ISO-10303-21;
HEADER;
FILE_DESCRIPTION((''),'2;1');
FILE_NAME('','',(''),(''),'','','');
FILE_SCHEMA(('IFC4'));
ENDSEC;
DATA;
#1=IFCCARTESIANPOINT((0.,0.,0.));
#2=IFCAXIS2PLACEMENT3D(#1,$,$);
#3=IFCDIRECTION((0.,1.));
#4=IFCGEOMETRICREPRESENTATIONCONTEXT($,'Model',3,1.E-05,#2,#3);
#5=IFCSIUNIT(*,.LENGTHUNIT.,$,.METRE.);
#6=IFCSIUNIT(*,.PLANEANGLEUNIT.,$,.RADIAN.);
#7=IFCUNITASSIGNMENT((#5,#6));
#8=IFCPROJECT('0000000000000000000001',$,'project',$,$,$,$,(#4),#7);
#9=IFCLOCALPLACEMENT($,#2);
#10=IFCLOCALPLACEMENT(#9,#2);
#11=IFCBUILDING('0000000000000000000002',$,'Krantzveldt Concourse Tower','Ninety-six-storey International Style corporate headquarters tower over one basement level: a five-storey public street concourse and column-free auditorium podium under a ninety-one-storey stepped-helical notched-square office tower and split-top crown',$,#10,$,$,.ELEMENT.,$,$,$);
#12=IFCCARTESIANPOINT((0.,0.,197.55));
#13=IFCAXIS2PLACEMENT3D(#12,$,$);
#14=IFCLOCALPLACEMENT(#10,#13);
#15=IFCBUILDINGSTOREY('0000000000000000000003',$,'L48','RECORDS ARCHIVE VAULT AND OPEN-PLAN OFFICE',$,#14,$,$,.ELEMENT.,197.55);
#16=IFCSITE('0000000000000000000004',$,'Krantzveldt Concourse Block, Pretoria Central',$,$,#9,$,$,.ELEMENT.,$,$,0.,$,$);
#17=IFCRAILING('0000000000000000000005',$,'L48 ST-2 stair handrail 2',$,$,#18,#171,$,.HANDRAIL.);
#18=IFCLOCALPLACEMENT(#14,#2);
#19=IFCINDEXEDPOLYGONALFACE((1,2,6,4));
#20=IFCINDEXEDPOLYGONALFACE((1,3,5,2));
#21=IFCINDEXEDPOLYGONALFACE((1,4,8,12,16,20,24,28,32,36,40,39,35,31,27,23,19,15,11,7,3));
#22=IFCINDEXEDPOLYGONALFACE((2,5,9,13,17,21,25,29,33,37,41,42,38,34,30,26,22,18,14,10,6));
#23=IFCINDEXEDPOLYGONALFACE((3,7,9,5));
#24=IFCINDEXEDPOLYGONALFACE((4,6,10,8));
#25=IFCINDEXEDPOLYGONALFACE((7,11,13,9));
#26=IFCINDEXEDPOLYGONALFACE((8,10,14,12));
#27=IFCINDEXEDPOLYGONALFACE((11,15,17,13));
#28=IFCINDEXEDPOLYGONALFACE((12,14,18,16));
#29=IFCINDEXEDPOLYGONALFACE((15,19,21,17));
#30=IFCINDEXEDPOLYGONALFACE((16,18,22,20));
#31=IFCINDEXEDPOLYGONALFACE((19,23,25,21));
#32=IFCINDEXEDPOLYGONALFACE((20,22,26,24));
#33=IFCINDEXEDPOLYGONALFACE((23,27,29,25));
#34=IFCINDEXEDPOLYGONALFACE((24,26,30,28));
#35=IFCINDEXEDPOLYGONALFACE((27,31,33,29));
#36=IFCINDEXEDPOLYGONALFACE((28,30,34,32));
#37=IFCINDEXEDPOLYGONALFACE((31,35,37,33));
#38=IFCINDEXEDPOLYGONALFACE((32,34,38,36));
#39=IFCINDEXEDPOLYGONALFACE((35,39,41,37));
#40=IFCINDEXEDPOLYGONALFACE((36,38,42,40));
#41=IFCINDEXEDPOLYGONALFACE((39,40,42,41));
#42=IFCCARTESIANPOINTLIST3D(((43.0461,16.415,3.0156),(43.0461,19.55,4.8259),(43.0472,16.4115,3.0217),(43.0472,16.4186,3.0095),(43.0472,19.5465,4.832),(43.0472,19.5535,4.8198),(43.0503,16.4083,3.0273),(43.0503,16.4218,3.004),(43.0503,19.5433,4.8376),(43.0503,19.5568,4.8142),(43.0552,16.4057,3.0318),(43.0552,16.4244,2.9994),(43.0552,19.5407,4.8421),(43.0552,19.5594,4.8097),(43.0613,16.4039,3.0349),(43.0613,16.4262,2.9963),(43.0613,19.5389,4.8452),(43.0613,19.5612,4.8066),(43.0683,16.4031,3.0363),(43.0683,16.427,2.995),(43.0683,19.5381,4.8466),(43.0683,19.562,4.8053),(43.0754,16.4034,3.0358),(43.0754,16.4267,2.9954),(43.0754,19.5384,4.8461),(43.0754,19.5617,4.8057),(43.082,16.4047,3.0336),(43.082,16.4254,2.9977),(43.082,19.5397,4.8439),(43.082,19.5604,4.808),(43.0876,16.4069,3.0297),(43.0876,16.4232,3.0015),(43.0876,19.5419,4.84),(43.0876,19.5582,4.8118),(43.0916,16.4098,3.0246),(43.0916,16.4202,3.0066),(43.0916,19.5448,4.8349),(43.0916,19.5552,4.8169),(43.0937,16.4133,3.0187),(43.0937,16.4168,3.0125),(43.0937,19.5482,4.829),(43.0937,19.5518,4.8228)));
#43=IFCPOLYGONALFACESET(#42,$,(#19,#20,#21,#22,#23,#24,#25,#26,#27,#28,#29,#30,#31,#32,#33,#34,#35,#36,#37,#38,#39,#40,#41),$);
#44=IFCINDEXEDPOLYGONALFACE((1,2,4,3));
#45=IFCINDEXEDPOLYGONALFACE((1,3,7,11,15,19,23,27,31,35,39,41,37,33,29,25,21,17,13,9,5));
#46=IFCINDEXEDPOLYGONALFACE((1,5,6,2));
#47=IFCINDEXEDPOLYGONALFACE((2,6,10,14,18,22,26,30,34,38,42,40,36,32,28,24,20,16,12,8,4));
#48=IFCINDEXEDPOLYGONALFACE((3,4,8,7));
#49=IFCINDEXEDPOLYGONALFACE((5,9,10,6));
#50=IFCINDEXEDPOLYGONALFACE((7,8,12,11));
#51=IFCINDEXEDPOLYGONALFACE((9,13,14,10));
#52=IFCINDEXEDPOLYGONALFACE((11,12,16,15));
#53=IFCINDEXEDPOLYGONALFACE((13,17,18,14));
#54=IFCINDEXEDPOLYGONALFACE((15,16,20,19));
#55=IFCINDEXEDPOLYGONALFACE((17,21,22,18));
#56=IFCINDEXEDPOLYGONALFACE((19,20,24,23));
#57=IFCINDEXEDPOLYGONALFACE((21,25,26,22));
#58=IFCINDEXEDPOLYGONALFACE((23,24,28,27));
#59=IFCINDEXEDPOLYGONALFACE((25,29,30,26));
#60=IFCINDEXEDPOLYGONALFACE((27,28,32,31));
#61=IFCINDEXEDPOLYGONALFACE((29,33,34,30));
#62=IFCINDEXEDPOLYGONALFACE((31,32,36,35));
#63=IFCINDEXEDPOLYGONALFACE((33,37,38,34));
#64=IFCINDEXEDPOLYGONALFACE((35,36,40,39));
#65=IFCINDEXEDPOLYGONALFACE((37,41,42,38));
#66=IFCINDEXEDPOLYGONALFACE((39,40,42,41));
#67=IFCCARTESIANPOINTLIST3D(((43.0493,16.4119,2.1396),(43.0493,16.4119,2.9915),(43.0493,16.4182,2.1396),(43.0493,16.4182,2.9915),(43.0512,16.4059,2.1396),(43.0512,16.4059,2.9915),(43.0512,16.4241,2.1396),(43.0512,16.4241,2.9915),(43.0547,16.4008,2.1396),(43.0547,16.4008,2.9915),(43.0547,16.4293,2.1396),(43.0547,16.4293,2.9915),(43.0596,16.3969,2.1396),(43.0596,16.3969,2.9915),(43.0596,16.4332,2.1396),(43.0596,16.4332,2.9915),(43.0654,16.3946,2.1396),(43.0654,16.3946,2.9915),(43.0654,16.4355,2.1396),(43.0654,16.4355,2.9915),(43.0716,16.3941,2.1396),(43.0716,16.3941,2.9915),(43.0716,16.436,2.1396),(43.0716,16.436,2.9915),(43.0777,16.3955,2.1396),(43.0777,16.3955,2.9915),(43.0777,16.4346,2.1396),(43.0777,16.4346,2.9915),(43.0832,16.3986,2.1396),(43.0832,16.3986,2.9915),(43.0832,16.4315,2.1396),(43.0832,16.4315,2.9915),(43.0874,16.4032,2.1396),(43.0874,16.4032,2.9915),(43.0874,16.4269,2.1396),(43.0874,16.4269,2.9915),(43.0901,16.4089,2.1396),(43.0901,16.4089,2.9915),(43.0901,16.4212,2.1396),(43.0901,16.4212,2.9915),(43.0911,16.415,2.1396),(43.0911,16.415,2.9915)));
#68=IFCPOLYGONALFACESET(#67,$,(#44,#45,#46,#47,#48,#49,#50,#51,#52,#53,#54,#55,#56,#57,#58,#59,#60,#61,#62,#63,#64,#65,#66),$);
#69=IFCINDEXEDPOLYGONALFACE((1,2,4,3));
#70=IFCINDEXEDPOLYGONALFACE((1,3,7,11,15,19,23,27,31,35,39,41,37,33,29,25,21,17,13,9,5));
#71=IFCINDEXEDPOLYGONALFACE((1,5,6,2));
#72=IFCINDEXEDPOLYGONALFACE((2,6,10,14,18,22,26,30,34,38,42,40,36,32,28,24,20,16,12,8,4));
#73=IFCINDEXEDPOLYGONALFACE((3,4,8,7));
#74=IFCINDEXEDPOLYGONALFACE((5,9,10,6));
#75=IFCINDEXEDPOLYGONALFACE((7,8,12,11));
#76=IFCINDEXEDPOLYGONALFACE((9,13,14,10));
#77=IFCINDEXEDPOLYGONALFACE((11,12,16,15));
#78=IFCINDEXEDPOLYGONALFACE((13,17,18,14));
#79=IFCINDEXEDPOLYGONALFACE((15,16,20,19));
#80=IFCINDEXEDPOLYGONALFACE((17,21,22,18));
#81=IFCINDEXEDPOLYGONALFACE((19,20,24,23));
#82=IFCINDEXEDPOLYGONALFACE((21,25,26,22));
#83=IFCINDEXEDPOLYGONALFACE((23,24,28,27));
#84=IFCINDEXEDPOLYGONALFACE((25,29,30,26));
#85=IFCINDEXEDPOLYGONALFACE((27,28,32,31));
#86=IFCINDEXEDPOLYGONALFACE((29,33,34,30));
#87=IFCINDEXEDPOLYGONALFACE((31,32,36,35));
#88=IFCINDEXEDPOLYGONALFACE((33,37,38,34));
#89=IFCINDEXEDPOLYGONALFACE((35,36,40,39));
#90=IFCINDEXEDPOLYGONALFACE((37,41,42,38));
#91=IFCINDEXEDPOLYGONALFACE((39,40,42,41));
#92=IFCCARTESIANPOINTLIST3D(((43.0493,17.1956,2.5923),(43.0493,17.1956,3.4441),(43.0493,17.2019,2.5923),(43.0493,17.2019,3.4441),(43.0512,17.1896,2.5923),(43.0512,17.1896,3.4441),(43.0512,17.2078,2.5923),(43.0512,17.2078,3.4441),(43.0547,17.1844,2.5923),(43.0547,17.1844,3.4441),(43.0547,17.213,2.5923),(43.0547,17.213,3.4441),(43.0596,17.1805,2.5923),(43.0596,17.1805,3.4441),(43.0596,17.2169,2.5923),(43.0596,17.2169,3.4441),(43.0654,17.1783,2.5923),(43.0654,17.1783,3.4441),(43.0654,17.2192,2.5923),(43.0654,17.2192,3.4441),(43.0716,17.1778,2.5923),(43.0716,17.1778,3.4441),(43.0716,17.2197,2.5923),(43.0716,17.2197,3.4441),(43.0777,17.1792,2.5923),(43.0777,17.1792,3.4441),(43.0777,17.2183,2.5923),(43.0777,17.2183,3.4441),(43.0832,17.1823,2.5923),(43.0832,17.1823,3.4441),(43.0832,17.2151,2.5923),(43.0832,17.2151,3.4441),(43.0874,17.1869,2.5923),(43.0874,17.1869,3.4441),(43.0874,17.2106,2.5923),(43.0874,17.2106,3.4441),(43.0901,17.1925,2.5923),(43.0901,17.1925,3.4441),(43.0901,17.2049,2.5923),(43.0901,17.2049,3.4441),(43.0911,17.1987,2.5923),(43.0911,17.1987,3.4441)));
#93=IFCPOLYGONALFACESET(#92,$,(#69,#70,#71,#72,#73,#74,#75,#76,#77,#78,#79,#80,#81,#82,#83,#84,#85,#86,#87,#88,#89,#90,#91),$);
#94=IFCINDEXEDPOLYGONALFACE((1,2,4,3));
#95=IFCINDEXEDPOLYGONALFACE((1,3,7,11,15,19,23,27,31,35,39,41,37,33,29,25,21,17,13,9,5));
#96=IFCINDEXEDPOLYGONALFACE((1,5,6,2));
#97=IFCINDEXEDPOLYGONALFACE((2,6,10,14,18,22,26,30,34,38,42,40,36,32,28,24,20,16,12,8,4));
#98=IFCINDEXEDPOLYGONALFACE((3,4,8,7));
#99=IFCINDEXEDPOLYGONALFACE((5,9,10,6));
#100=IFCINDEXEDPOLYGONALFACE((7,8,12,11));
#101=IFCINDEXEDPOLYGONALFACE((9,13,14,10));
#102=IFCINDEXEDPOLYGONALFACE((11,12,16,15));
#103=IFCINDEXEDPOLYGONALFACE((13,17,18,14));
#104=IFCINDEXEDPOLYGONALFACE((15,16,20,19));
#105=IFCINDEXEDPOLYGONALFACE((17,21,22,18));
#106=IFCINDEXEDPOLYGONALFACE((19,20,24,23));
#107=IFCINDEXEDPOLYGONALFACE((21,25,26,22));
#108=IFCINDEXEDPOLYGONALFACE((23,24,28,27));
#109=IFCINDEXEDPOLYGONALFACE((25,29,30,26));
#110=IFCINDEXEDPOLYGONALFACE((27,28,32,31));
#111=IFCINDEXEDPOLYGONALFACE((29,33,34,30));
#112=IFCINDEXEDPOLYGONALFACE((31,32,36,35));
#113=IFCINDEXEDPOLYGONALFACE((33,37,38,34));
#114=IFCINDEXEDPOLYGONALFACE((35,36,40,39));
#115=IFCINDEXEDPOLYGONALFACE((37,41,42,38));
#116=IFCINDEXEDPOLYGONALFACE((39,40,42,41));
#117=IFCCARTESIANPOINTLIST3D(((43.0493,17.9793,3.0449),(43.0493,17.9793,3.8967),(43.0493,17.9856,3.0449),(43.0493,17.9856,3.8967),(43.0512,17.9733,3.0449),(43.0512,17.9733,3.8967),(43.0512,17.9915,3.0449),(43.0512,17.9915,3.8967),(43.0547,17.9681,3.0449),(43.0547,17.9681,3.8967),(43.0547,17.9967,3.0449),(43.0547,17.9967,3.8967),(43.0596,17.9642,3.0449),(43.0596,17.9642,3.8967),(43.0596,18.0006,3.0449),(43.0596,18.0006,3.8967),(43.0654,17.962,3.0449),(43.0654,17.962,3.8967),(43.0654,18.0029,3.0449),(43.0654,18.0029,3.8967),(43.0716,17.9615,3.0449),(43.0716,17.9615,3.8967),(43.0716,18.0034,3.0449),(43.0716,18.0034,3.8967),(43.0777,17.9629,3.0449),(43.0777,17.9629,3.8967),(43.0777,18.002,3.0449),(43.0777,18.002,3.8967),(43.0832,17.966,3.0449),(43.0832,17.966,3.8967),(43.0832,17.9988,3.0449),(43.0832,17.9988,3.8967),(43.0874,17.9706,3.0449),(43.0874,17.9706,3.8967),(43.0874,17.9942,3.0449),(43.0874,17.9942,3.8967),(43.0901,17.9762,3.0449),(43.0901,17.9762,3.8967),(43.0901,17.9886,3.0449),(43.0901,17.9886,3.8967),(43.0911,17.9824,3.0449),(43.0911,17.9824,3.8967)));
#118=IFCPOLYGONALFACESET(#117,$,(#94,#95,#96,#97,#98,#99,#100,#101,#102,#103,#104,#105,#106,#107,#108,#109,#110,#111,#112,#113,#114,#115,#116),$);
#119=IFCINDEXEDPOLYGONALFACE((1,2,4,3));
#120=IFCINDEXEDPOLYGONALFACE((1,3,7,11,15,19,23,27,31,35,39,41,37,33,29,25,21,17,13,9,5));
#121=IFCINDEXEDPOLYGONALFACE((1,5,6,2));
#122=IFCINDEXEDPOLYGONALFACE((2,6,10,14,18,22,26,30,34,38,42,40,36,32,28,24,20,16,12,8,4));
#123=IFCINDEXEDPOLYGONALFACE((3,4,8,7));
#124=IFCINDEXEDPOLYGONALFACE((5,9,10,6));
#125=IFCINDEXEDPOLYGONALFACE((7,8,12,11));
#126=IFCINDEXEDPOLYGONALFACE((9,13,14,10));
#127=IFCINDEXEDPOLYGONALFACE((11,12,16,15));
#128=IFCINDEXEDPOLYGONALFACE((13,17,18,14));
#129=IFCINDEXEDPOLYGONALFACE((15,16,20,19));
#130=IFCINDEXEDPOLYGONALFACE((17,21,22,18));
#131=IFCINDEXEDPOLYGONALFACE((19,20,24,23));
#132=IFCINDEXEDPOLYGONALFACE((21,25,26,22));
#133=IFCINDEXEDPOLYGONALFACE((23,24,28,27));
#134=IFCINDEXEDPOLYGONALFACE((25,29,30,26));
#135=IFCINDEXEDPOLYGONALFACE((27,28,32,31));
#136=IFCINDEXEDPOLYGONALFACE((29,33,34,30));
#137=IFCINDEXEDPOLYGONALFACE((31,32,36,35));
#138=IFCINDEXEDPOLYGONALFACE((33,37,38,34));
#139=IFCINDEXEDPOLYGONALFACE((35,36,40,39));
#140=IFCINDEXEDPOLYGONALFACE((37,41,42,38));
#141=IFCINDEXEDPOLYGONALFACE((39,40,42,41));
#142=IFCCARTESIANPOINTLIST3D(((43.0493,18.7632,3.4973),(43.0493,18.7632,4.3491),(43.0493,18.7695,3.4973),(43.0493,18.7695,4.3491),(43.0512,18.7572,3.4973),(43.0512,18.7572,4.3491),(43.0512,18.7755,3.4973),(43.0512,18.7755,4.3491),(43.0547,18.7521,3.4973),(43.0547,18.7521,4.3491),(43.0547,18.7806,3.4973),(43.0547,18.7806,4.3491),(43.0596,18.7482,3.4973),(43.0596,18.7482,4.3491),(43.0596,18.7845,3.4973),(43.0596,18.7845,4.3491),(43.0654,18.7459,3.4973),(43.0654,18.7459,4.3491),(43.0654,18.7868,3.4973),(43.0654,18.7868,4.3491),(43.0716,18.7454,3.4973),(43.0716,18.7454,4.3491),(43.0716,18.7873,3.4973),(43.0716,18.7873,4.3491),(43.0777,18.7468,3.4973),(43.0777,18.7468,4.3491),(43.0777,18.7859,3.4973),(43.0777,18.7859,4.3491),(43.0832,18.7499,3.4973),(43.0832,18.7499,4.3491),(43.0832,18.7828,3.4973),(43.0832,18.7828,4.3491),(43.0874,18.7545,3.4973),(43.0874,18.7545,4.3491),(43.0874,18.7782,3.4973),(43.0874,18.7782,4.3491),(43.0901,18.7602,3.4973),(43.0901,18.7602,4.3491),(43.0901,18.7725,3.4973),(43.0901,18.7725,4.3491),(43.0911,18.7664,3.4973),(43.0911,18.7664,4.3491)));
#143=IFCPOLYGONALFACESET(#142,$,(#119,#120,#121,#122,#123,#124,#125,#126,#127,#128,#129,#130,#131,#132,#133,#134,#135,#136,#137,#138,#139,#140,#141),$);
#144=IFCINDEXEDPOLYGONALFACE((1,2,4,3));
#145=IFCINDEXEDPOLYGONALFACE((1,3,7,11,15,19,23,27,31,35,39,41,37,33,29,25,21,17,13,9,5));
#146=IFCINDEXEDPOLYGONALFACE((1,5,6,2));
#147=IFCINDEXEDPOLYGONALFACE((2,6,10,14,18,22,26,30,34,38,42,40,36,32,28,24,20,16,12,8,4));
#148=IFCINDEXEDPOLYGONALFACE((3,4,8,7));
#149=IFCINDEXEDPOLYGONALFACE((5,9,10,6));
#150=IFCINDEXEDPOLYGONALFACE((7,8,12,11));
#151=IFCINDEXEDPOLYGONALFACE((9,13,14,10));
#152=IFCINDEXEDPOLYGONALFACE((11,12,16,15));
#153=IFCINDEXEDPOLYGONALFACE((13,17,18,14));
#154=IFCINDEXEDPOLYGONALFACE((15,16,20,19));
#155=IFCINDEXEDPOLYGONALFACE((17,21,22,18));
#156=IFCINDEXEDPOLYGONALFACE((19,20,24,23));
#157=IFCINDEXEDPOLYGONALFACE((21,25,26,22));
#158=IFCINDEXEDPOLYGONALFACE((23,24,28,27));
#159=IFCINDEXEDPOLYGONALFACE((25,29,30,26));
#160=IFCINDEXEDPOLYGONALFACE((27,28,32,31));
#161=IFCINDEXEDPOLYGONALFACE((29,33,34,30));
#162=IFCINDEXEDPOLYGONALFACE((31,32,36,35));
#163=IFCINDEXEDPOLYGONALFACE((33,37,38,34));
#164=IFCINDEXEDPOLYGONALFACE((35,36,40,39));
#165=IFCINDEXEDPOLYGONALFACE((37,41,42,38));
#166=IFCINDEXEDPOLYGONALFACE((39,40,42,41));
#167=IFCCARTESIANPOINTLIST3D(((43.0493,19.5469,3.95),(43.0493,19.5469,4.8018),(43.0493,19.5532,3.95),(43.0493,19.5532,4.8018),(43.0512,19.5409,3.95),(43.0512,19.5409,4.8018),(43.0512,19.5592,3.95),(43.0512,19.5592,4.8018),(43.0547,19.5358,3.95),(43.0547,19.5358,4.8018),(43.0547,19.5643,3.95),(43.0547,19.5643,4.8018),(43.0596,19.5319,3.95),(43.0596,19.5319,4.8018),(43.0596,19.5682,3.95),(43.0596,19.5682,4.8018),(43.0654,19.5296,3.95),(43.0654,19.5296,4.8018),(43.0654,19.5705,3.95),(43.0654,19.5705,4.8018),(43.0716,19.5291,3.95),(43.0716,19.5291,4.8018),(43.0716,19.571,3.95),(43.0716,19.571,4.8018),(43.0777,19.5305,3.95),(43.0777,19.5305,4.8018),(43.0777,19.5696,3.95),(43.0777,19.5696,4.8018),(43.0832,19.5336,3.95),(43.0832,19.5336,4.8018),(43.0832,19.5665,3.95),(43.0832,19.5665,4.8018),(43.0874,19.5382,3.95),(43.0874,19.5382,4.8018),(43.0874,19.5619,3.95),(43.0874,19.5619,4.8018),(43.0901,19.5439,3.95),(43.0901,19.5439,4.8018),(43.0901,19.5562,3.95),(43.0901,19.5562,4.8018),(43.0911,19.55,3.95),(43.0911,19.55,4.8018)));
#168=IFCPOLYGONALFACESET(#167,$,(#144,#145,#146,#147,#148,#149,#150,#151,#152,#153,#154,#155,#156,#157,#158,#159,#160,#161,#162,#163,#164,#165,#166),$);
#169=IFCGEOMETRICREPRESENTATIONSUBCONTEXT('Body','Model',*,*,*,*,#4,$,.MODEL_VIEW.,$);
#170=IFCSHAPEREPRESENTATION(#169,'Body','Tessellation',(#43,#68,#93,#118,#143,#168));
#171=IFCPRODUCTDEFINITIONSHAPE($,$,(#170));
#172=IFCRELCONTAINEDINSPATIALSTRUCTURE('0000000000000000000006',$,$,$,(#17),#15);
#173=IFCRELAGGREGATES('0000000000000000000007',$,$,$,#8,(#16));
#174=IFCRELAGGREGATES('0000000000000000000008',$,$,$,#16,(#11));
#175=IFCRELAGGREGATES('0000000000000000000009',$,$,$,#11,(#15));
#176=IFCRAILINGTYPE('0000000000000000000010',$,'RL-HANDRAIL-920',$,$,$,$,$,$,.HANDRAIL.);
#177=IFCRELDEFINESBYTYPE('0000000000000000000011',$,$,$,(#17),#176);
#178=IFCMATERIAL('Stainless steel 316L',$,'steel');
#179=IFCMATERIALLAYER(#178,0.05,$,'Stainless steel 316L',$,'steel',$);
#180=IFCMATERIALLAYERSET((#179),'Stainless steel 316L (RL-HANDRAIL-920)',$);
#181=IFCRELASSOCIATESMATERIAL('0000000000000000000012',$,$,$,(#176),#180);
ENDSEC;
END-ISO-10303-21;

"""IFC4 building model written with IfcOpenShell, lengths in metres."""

from ifc_helpers import new_model, si_unit, direction, frame, origin, origin_2d, place, context, subcontext, project, spatial, circle, extrude, material, layer, layer_set, type_object, element, save


model = new_model("IFC4")

# Units and contexts
model_context = context("Model", 3, precision=1e-05, world=origin(), true_north=direction((0.0, 1.0)))
body_context = subcontext(model_context, "Body", "Model", "MODEL_VIEW")
ifc_project = project(units=[si_unit("LENGTHUNIT", "METRE"), si_unit("PLANEANGLEUNIT", "RADIAN")], contexts=[model_context])

# Site, building, storey
site_placement = place(None, origin())
site = spatial("IfcSite", under=ifc_project, at=site_placement, Name="Krantzveldt Concourse Block, Pretoria Central", CompositionType="ELEMENT", RefElevation=0.0)
building_placement = place(site_placement, origin())
building = spatial("IfcBuilding", under=site, at=building_placement, Name="Krantzveldt Concourse Tower", Description="Ninety-six-storey International Style corporate headquarters tower over one basement level: a five-storey public street concourse and column-free auditorium podium under a ninety-one-storey stepped-helical notched-square office tower and split-top crown", CompositionType="ELEMENT")
storey_placement = place(building_placement, frame((0.0, 0.0, 197.55)))
storey = spatial("IfcBuildingStorey", under=building, at=storey_placement, Name="L48", Description="RECORDS ARCHIVE VAULT AND OPEN-PLAN OFFICE", CompositionType="ELEMENT", Elevation=197.55)

# Shared definitions
ifc_material_1 = material(Name="Stainless steel 316L", Category="steel")

# Railing
ifc_layer_1 = layer(ifc_material_1, 0.05, Name="Stainless steel 316L", Category="steel")
ifc_layer_set_1 = layer_set([ifc_layer_1], Name="Stainless steel 316L (RL-HANDRAIL-920)")
railing_type_1 = type_object("IfcRailingType", Name="RL-HANDRAIL-920", PredefinedType="HANDRAIL", material=ifc_layer_set_1)
railing_1_placement = place(storey_placement, frame((43.0701, 16.415, 2.1396)))
element("IfcRailing", 1, at=railing_1_placement, inside=storey, type_object=railing_type_1, Name="L48 ST-2 stair handrail 2", PredefinedType="HANDRAIL", context=body_context, shape_type="SweptSolid", body=[
    extrude(circle(Radius=0.0239, at=origin_2d()), frame((0.0, 0.0, 0.876), z_axis=(0.0, 0.865989, 0.500063), x_axis=(-1.0, 0.0, 0.0)), (0.0, 0.0, 1.0), 3.6201),
    extrude(circle(Radius=0.021, at=origin_2d()), origin(), (0.0, 0.0, 1.0), 0.8518),
    extrude(circle(Radius=0.021, at=origin_2d()), frame((0.0, 0.7837, 0.4526)), (0.0, 0.0, 1.0), 0.8518),
    extrude(circle(Radius=0.021, at=origin_2d()), frame((0.0, 1.5674, 0.9053)), (0.0, 0.0, 1.0), 0.8518),
    extrude(circle(Radius=0.021, at=origin_2d()), frame((0.0, 2.3513, 1.3577)), (0.0, 0.0, 1.0), 0.8518),
    extrude(circle(Radius=0.021, at=origin_2d()), frame((0.0, 3.135, 1.8103)), (0.0, 0.0, 1.0), 0.8518),
])

save(model, "model.ifc")
